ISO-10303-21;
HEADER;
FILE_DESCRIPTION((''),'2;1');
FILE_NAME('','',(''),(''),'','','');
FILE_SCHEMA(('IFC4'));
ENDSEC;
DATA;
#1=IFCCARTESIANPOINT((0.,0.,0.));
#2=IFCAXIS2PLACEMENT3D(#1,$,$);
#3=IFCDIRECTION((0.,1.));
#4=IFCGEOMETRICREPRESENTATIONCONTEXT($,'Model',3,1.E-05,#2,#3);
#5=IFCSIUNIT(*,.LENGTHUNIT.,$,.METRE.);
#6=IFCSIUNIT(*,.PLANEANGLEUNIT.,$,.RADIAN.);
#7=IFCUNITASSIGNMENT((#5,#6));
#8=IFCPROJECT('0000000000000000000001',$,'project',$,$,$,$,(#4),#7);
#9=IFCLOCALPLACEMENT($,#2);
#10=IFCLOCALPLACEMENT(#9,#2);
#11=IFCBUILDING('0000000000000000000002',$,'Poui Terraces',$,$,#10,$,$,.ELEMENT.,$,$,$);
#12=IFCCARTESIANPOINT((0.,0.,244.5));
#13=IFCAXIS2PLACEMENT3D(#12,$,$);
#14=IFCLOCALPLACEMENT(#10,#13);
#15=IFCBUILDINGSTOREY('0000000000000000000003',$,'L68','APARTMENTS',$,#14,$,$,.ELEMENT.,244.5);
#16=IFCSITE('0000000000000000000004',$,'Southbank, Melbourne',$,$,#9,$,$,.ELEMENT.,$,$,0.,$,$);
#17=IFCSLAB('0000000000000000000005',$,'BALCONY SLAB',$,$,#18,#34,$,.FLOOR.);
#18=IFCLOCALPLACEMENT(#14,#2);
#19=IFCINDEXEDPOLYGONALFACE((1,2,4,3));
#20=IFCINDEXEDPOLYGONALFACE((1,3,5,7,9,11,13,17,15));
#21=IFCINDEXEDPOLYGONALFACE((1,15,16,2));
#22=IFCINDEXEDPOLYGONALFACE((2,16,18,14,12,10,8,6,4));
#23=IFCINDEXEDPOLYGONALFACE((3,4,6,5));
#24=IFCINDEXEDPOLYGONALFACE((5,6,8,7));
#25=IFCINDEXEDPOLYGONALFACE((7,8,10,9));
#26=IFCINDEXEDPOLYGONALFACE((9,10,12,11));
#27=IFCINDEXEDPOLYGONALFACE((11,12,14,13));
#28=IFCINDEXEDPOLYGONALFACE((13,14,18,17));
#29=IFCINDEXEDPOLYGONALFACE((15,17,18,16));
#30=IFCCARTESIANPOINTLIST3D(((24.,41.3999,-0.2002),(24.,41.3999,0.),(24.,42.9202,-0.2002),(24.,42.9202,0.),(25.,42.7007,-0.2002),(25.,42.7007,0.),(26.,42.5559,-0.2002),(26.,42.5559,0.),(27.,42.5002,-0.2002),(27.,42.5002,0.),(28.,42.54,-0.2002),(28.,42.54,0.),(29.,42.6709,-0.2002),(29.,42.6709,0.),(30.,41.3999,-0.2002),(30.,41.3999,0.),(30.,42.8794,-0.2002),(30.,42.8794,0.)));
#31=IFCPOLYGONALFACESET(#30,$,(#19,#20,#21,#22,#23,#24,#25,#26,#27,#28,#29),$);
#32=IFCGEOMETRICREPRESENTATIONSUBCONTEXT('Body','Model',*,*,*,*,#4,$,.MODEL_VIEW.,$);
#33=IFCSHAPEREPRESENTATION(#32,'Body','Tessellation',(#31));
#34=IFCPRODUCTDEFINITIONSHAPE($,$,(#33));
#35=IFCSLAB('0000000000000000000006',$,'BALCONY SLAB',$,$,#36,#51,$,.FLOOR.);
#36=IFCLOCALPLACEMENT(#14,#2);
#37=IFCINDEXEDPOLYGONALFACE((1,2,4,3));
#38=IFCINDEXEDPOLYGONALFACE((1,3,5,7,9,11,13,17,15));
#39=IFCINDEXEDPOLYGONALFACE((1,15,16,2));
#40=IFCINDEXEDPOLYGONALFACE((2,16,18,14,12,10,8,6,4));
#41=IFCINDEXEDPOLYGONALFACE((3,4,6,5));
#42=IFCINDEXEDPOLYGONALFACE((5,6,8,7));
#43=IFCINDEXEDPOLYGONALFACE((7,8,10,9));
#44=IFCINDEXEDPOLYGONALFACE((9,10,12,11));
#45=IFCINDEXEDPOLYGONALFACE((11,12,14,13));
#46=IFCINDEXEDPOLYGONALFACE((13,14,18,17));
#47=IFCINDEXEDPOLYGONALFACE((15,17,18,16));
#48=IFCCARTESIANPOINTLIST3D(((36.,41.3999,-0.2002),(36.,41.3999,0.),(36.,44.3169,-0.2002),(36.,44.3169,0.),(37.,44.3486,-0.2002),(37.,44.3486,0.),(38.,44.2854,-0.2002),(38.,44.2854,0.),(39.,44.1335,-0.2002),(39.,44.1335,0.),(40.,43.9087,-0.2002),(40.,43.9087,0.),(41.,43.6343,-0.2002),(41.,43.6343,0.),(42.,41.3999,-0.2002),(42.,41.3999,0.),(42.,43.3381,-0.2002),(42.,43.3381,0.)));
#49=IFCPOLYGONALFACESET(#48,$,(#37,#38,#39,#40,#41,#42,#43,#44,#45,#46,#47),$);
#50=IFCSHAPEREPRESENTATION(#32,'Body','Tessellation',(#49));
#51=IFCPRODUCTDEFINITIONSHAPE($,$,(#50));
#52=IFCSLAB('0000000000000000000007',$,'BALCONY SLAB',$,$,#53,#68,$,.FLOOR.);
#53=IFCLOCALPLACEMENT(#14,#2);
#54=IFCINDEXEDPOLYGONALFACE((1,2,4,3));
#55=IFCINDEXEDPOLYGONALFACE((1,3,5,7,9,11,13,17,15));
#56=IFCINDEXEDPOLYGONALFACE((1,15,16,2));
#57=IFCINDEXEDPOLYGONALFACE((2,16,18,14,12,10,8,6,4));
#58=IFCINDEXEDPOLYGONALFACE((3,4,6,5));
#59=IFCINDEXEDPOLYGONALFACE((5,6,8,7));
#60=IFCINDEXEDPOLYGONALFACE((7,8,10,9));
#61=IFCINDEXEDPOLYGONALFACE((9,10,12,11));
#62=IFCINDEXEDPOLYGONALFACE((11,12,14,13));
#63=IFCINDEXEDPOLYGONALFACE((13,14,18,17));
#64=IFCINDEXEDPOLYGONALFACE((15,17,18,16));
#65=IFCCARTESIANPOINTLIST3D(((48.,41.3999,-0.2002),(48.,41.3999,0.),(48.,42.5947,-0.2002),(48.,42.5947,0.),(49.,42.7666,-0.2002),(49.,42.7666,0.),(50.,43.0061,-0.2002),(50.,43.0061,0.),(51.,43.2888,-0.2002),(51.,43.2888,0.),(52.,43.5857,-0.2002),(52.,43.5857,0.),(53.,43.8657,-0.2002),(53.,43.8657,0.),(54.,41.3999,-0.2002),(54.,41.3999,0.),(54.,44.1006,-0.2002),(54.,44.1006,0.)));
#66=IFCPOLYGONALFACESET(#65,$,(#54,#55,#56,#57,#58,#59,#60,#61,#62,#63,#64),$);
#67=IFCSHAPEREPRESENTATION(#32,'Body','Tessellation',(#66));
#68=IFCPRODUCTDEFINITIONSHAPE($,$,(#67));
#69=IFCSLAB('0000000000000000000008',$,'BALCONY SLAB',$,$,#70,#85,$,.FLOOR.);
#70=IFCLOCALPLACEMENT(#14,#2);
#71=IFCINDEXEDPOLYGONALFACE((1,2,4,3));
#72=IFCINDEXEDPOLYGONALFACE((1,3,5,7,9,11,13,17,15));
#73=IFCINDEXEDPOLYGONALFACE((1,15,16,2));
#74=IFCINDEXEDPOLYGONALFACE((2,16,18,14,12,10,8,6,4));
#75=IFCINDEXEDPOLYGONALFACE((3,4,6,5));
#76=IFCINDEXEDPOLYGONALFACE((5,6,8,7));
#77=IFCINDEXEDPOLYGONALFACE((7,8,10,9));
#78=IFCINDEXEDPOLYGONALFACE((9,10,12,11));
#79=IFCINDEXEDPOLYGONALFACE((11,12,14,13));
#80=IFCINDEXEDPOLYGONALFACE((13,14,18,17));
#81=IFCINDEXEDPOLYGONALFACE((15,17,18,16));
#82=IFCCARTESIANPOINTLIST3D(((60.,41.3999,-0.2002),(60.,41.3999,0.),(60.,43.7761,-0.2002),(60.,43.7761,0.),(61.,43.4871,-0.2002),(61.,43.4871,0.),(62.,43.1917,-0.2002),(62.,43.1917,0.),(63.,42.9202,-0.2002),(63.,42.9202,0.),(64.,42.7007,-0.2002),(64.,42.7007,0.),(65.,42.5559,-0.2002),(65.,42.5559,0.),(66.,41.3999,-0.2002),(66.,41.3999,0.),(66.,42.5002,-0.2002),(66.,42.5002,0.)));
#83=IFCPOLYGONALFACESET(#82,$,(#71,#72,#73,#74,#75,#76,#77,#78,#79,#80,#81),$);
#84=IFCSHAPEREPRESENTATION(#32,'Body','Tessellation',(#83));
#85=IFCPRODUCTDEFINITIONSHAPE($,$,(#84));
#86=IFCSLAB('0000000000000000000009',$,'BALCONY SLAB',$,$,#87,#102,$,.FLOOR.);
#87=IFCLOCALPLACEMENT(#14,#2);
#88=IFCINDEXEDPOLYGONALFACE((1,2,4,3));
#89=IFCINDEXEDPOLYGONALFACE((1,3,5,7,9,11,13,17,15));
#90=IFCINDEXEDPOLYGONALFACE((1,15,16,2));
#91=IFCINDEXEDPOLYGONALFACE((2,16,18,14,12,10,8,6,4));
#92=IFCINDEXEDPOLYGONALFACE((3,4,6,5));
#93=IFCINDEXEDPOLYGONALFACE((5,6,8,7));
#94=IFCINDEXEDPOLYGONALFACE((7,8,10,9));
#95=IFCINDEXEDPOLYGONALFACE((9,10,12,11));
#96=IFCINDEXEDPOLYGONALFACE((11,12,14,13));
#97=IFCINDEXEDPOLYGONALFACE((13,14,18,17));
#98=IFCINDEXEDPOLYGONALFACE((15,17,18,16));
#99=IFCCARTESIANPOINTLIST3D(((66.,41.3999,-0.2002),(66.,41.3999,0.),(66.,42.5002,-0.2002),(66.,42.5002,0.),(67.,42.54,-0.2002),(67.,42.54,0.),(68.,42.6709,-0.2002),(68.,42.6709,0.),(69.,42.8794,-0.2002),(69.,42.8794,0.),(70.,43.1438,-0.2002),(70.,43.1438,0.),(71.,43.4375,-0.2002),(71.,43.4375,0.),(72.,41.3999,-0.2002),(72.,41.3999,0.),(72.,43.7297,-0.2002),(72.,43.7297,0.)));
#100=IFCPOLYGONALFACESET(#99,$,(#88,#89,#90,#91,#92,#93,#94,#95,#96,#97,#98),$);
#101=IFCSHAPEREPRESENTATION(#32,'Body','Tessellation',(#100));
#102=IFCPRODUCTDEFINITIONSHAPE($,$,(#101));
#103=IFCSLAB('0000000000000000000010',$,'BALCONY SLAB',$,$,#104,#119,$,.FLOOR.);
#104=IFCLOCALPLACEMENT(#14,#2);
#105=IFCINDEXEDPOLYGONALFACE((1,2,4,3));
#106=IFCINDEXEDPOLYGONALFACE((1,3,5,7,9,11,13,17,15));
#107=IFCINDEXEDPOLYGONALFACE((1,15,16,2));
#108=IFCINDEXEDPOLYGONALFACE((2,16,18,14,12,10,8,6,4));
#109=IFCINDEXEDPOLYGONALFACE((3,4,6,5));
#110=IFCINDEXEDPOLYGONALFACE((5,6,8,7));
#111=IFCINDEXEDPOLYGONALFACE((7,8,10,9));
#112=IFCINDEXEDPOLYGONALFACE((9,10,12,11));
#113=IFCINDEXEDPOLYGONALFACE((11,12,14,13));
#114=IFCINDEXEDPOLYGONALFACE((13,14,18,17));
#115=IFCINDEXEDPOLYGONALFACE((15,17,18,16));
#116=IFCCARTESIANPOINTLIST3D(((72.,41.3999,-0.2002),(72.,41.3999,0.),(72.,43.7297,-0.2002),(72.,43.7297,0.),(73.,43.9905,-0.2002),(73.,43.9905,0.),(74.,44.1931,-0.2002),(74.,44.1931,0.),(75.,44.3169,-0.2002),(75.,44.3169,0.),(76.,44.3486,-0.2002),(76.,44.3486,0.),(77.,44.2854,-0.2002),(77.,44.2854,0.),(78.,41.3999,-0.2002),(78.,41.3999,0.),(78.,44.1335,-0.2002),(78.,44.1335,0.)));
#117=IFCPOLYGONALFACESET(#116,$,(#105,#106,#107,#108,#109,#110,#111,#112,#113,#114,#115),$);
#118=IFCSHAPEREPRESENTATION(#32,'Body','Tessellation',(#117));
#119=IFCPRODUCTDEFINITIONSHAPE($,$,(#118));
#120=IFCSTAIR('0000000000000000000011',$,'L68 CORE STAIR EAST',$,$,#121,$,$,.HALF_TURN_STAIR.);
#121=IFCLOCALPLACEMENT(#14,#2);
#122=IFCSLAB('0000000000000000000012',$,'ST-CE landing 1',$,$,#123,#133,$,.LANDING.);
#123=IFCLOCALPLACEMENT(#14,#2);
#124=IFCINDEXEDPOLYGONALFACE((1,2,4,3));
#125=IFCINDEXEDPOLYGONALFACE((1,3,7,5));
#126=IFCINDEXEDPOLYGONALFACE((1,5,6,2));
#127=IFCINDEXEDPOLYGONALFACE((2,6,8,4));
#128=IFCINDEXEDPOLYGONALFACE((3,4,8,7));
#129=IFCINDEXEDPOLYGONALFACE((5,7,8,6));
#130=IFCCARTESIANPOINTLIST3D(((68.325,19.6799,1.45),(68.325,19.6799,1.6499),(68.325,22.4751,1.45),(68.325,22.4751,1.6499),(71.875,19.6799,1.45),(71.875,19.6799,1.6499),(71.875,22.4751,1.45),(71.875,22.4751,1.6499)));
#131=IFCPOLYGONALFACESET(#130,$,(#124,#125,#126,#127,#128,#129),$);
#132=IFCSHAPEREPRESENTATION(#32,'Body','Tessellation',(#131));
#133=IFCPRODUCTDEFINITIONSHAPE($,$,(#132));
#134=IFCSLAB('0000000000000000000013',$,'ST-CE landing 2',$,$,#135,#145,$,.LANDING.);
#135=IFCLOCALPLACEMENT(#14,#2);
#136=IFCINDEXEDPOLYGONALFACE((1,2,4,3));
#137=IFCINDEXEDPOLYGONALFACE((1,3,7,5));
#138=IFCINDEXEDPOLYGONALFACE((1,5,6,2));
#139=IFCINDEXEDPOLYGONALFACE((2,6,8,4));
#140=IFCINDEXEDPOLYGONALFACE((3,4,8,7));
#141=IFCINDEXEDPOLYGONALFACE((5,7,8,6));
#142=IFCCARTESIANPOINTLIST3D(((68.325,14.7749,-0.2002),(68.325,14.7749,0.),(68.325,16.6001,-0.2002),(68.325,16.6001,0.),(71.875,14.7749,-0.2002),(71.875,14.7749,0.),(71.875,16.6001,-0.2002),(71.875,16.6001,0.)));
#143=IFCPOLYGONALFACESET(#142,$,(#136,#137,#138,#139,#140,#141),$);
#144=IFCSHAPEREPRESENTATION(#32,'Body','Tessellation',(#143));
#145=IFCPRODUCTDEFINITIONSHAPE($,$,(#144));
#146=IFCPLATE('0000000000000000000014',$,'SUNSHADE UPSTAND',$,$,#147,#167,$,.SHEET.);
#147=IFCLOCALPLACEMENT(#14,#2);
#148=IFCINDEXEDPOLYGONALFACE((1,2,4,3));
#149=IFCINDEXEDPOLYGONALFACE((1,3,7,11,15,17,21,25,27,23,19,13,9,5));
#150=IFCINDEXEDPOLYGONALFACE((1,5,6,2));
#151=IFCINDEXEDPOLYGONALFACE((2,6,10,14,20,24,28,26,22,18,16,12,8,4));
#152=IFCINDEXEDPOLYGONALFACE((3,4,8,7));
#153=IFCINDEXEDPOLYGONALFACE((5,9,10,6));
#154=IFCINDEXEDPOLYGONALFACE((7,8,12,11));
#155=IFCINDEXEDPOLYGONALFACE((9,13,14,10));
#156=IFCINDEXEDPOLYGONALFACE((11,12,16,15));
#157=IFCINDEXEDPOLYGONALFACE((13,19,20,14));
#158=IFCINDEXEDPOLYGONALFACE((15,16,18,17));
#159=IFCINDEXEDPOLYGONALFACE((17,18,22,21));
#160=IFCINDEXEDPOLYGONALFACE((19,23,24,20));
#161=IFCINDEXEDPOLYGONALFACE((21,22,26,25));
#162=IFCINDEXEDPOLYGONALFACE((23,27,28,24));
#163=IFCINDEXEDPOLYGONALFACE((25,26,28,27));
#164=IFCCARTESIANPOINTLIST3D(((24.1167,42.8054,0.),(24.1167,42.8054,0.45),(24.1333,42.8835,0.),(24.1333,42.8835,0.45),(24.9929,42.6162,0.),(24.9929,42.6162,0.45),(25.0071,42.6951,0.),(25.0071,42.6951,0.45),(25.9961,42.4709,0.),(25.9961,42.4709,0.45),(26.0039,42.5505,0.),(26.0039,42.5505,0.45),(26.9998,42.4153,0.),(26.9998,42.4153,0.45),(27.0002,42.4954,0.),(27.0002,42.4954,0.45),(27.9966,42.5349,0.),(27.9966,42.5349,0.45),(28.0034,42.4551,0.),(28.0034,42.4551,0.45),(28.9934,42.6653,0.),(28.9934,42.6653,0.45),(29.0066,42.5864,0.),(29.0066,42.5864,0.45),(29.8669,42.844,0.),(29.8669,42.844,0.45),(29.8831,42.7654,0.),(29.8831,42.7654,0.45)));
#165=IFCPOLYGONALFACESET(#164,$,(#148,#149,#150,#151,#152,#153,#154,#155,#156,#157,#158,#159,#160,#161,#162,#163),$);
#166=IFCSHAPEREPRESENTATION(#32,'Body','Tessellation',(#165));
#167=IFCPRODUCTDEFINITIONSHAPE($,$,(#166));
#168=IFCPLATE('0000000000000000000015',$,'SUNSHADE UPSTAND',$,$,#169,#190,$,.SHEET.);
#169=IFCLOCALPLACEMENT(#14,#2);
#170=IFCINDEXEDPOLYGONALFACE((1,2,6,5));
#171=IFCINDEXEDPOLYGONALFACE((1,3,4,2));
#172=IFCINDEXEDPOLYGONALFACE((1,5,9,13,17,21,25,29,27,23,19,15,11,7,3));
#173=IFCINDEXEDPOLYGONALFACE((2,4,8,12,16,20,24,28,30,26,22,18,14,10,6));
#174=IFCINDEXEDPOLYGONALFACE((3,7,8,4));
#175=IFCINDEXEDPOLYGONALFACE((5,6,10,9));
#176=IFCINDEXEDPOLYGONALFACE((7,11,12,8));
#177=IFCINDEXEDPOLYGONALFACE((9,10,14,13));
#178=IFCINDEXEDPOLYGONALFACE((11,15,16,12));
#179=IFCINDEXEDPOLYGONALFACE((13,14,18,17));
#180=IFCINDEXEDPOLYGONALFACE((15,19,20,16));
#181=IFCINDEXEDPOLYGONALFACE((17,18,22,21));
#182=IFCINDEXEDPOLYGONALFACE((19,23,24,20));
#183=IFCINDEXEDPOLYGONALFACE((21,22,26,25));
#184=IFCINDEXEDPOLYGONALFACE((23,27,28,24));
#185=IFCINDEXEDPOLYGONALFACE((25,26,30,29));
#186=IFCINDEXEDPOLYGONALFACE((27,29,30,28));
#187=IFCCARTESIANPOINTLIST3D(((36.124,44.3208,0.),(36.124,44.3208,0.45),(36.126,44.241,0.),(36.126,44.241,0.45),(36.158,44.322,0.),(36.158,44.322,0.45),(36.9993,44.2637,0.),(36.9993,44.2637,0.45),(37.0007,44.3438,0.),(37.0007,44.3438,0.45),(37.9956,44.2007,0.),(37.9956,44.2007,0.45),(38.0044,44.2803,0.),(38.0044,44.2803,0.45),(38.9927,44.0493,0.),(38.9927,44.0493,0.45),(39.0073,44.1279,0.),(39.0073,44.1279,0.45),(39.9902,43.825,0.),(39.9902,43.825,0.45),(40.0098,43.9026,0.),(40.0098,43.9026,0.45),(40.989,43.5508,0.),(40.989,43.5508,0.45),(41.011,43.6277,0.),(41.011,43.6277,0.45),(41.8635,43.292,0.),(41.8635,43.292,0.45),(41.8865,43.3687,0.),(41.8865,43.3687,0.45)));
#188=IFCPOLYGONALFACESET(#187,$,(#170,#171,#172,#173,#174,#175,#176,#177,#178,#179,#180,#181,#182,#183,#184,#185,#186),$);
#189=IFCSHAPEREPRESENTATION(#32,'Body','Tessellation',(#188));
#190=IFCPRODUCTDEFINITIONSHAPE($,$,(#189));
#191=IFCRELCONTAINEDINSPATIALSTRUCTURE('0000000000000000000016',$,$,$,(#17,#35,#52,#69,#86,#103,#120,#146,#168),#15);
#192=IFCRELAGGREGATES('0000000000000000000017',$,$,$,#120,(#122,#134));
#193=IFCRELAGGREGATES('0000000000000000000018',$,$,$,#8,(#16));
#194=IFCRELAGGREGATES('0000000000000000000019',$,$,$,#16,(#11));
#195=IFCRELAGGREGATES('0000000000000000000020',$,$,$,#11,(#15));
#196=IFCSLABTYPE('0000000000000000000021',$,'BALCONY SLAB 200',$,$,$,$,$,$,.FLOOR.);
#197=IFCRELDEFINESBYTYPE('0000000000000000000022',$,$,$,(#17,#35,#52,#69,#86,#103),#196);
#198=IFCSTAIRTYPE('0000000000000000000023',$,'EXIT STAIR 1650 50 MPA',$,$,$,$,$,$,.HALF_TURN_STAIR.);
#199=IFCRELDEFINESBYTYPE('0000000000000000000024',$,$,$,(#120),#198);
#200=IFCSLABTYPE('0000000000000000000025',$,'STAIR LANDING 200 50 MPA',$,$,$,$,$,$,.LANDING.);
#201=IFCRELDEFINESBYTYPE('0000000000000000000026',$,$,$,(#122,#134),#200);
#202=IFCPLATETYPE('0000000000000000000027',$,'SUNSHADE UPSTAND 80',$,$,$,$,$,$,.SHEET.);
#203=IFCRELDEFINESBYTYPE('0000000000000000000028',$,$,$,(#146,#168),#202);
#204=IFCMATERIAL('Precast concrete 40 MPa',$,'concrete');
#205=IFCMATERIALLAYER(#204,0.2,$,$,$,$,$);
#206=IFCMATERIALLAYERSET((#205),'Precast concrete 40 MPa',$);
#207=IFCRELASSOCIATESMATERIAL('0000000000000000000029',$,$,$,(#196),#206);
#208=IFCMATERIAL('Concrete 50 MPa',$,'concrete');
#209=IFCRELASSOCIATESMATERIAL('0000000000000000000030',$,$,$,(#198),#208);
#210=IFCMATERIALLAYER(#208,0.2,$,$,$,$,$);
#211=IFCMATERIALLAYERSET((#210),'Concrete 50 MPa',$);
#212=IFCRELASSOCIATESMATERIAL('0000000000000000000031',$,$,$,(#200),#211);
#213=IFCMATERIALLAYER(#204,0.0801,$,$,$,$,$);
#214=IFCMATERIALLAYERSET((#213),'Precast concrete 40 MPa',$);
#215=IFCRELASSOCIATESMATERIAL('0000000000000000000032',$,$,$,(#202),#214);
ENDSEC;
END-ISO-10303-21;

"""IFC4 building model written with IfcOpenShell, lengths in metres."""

from ifc_helpers import new_model, si_unit, direction, frame, origin, place, context, subcontext, project, spatial, polyline, outline, extrude, material, layer, layer_set, type_object, element, aggregate, save


model = new_model("IFC4")

# Units and contexts
model_context = context("Model", 3, precision=1e-05, world=origin(), true_north=direction((0.0, 1.0)))
body_context = subcontext(model_context, "Body", "Model", "MODEL_VIEW")
ifc_project = project(units=[si_unit("LENGTHUNIT", "METRE"), si_unit("PLANEANGLEUNIT", "RADIAN")], contexts=[model_context])

# Site, building, storey
site_placement = place(None, origin())
site = spatial("IfcSite", under=ifc_project, at=site_placement, Name="Southbank, Melbourne", CompositionType="ELEMENT", RefElevation=0.0)
building_placement = place(site_placement, origin())
building = spatial("IfcBuilding", under=site, at=building_placement, Name="Poui Terraces", CompositionType="ELEMENT")
storey_placement = place(building_placement, frame((0.0, 0.0, 244.5)))
storey = spatial("IfcBuildingStorey", under=building, at=storey_placement, Name="L68", Description="APARTMENTS", CompositionType="ELEMENT", Elevation=244.5)

# Slabs
ifc_material_1 = material(Name="Precast concrete 40 MPa", Category="concrete")
ifc_layer_1 = layer(ifc_material_1, 0.2)
ifc_layer_set_1 = layer_set([ifc_layer_1], Name="Precast concrete 40 MPa")
slab_type_1 = type_object("IfcSlabType", Name="BALCONY SLAB 200", PredefinedType="FLOOR", material=ifc_layer_set_1)
slab_1_placement = place(storey_placement, frame((0.0, 0.0, -0.2002)))
element("IfcSlab", 1, at=slab_1_placement, inside=storey, type_object=slab_type_1, Name="BALCONY SLAB", PredefinedType="FLOOR", context=body_context, shape_type="SweptSolid", body=[
    extrude(outline(polyline([(24.0, 41.3999), (30.0, 41.3999), (30.0, 42.8794), (29.0, 42.6709), (28.0, 42.54), (27.0, 42.5002), (26.0, 42.5559), (25.0, 42.7007), (24.0, 42.9202), (24.0, 41.3999)])), origin(), (0.0, 0.0, 1.0), 0.2002),
])
slab_2_placement = place(storey_placement, frame((0.0, 0.0, -0.2002)))
element("IfcSlab", 2, at=slab_2_placement, inside=storey, type_object=slab_type_1, Name="BALCONY SLAB", PredefinedType="FLOOR", context=body_context, shape_type="SweptSolid", body=[
    extrude(outline(polyline([(36.0, 41.3999), (42.0, 41.3999), (42.0, 43.3381), (41.0, 43.6343), (40.0, 43.9087), (39.0, 44.1335), (38.0, 44.2854), (37.0, 44.3486), (36.0, 44.3169), (36.0, 41.3999)])), origin(), (0.0, 0.0, 1.0), 0.2002),
])
slab_3_placement = place(storey_placement, frame((0.0, 0.0, -0.2002)))
element("IfcSlab", 3, at=slab_3_placement, inside=storey, type_object=slab_type_1, Name="BALCONY SLAB", PredefinedType="FLOOR", context=body_context, shape_type="SweptSolid", body=[
    extrude(outline(polyline([(48.0, 41.3999), (54.0, 41.3999), (54.0, 44.1006), (53.0, 43.8657), (52.0, 43.5857), (51.0, 43.2888), (50.0, 43.0061), (49.0, 42.7666), (48.0, 42.5947), (48.0, 41.3999)])), origin(), (0.0, 0.0, 1.0), 0.2002),
])
slab_4_placement = place(storey_placement, frame((0.0, 0.0, -0.2002)))
element("IfcSlab", 4, at=slab_4_placement, inside=storey, type_object=slab_type_1, Name="BALCONY SLAB", PredefinedType="FLOOR", context=body_context, shape_type="SweptSolid", body=[
    extrude(outline(polyline([(60.0, 41.3999), (66.0, 41.3999), (66.0, 42.5002), (65.0, 42.5559), (64.0, 42.7007), (63.0, 42.9202), (62.0, 43.1917), (61.0, 43.4871), (60.0, 43.7761), (60.0, 41.3999)])), origin(), (0.0, 0.0, 1.0), 0.2002),
])
slab_5_placement = place(storey_placement, frame((0.0, 0.0, -0.2002)))
element("IfcSlab", 5, at=slab_5_placement, inside=storey, type_object=slab_type_1, Name="BALCONY SLAB", PredefinedType="FLOOR", context=body_context, shape_type="SweptSolid", body=[
    extrude(outline(polyline([(66.0, 41.3999), (72.0, 41.3999), (72.0, 43.7297), (71.0, 43.4375), (70.0, 43.1438), (69.0, 42.8794), (68.0, 42.6709), (67.0, 42.54), (66.0, 42.5002), (66.0, 41.3999)])), origin(), (0.0, 0.0, 1.0), 0.2002),
])
slab_6_placement = place(storey_placement, frame((0.0, 0.0, -0.2002)))
element("IfcSlab", 6, at=slab_6_placement, inside=storey, type_object=slab_type_1, Name="BALCONY SLAB", PredefinedType="FLOOR", context=body_context, shape_type="SweptSolid", body=[
    extrude(outline(polyline([(72.0, 41.3999), (78.0, 41.3999), (78.0, 44.1335), (77.0, 44.2854), (76.0, 44.3486), (75.0, 44.3169), (74.0, 44.1931), (73.0, 43.9905), (72.0, 43.7297), (72.0, 41.3999)])), origin(), (0.0, 0.0, 1.0), 0.2002),
])

# Stair, slabs
ifc_material_2 = material(Name="Concrete 50 MPa", Category="concrete")
stair_type = type_object("IfcStairType", Name="EXIT STAIR 1650 50 MPA", PredefinedType="HALF_TURN_STAIR", material=ifc_material_2)
stair_placement = place(storey_placement, origin())
stair = element("IfcStair", 7, at=stair_placement, inside=storey, type_object=stair_type, Name="L68 CORE STAIR EAST", PredefinedType="HALF_TURN_STAIR")
ifc_layer_2 = layer(ifc_material_2, 0.2)
ifc_layer_set_2 = layer_set([ifc_layer_2], Name="Concrete 50 MPa")
slab_type_2 = type_object("IfcSlabType", Name="STAIR LANDING 200 50 MPA", PredefinedType="LANDING", material=ifc_layer_set_2)
slab_7_placement = place(storey_placement, frame((0.0, 0.0, 1.45)))
slab_7 = element("IfcSlab", 8, at=slab_7_placement, type_object=slab_type_2, Name="ST-CE landing 1", PredefinedType="LANDING", context=body_context, shape_type="SweptSolid", body=[
    extrude(outline(polyline([(68.325, 19.6799), (71.875, 19.6799), (71.875, 22.4751), (68.325, 22.4751), (68.325, 19.6799)])), origin(), (0.0, 0.0, 1.0), 0.2),
])
slab_8_placement = place(storey_placement, frame((0.0, 0.0, -0.2002)))
slab_8 = element("IfcSlab", 9, at=slab_8_placement, type_object=slab_type_2, Name="ST-CE landing 2", PredefinedType="LANDING", context=body_context, shape_type="SweptSolid", body=[
    extrude(outline(polyline([(68.325, 14.7749), (71.875, 14.7749), (71.875, 16.6001), (68.325, 16.6001), (68.325, 14.7749)])), origin(), (0.0, 0.0, 1.0), 0.2002),
])
aggregate(stair, [slab_7, slab_8])

# Plates
ifc_layer_3 = layer(ifc_material_1, 0.0801)
ifc_layer_set_3 = layer_set([ifc_layer_3], Name="Precast concrete 40 MPa")
plate_type = type_object("IfcPlateType", Name="SUNSHADE UPSTAND 80", PredefinedType="SHEET", material=ifc_layer_set_3)
plate_1_placement = place(storey_placement, origin())
element("IfcPlate", 10, at=plate_1_placement, inside=storey, type_object=plate_type, Name="SUNSHADE UPSTAND", PredefinedType="SHEET", context=body_context, shape_type="SweptSolid", body=[
    extrude(outline(polyline([(25.0071, 42.6951), (24.1333, 42.8835), (24.1167, 42.8054), (24.9929, 42.6162), (25.9961, 42.4709), (26.9998, 42.4153), (28.0034, 42.4551), (29.0066, 42.5864), (29.8831, 42.7654), (29.8669, 42.844), (28.9934, 42.6653), (27.9966, 42.5349), (27.0002, 42.4954), (26.0039, 42.5505), (25.0071, 42.6951)])), origin(), (0.0, 0.0, 1.0), 0.45),
])
plate_2_placement = place(storey_placement, origin())
element("IfcPlate", 11, at=plate_2_placement, inside=storey, type_object=plate_type, Name="SUNSHADE UPSTAND", PredefinedType="SHEET", context=body_context, shape_type="SweptSolid", body=[
    extrude(outline(polyline([(37.0007, 44.3438), (36.158, 44.322), (36.124, 44.3208), (36.126, 44.241), (36.9993, 44.2637), (37.9956, 44.2007), (38.9927, 44.0493), (39.9902, 43.825), (40.989, 43.5508), (41.8635, 43.292), (41.8865, 43.3687), (41.011, 43.6277), (40.0098, 43.9026), (39.0073, 44.1279), (38.0044, 44.2803), (37.0007, 44.3438)])), origin(), (0.0, 0.0, 1.0), 0.45),
])

save(model, "model.ifc")
